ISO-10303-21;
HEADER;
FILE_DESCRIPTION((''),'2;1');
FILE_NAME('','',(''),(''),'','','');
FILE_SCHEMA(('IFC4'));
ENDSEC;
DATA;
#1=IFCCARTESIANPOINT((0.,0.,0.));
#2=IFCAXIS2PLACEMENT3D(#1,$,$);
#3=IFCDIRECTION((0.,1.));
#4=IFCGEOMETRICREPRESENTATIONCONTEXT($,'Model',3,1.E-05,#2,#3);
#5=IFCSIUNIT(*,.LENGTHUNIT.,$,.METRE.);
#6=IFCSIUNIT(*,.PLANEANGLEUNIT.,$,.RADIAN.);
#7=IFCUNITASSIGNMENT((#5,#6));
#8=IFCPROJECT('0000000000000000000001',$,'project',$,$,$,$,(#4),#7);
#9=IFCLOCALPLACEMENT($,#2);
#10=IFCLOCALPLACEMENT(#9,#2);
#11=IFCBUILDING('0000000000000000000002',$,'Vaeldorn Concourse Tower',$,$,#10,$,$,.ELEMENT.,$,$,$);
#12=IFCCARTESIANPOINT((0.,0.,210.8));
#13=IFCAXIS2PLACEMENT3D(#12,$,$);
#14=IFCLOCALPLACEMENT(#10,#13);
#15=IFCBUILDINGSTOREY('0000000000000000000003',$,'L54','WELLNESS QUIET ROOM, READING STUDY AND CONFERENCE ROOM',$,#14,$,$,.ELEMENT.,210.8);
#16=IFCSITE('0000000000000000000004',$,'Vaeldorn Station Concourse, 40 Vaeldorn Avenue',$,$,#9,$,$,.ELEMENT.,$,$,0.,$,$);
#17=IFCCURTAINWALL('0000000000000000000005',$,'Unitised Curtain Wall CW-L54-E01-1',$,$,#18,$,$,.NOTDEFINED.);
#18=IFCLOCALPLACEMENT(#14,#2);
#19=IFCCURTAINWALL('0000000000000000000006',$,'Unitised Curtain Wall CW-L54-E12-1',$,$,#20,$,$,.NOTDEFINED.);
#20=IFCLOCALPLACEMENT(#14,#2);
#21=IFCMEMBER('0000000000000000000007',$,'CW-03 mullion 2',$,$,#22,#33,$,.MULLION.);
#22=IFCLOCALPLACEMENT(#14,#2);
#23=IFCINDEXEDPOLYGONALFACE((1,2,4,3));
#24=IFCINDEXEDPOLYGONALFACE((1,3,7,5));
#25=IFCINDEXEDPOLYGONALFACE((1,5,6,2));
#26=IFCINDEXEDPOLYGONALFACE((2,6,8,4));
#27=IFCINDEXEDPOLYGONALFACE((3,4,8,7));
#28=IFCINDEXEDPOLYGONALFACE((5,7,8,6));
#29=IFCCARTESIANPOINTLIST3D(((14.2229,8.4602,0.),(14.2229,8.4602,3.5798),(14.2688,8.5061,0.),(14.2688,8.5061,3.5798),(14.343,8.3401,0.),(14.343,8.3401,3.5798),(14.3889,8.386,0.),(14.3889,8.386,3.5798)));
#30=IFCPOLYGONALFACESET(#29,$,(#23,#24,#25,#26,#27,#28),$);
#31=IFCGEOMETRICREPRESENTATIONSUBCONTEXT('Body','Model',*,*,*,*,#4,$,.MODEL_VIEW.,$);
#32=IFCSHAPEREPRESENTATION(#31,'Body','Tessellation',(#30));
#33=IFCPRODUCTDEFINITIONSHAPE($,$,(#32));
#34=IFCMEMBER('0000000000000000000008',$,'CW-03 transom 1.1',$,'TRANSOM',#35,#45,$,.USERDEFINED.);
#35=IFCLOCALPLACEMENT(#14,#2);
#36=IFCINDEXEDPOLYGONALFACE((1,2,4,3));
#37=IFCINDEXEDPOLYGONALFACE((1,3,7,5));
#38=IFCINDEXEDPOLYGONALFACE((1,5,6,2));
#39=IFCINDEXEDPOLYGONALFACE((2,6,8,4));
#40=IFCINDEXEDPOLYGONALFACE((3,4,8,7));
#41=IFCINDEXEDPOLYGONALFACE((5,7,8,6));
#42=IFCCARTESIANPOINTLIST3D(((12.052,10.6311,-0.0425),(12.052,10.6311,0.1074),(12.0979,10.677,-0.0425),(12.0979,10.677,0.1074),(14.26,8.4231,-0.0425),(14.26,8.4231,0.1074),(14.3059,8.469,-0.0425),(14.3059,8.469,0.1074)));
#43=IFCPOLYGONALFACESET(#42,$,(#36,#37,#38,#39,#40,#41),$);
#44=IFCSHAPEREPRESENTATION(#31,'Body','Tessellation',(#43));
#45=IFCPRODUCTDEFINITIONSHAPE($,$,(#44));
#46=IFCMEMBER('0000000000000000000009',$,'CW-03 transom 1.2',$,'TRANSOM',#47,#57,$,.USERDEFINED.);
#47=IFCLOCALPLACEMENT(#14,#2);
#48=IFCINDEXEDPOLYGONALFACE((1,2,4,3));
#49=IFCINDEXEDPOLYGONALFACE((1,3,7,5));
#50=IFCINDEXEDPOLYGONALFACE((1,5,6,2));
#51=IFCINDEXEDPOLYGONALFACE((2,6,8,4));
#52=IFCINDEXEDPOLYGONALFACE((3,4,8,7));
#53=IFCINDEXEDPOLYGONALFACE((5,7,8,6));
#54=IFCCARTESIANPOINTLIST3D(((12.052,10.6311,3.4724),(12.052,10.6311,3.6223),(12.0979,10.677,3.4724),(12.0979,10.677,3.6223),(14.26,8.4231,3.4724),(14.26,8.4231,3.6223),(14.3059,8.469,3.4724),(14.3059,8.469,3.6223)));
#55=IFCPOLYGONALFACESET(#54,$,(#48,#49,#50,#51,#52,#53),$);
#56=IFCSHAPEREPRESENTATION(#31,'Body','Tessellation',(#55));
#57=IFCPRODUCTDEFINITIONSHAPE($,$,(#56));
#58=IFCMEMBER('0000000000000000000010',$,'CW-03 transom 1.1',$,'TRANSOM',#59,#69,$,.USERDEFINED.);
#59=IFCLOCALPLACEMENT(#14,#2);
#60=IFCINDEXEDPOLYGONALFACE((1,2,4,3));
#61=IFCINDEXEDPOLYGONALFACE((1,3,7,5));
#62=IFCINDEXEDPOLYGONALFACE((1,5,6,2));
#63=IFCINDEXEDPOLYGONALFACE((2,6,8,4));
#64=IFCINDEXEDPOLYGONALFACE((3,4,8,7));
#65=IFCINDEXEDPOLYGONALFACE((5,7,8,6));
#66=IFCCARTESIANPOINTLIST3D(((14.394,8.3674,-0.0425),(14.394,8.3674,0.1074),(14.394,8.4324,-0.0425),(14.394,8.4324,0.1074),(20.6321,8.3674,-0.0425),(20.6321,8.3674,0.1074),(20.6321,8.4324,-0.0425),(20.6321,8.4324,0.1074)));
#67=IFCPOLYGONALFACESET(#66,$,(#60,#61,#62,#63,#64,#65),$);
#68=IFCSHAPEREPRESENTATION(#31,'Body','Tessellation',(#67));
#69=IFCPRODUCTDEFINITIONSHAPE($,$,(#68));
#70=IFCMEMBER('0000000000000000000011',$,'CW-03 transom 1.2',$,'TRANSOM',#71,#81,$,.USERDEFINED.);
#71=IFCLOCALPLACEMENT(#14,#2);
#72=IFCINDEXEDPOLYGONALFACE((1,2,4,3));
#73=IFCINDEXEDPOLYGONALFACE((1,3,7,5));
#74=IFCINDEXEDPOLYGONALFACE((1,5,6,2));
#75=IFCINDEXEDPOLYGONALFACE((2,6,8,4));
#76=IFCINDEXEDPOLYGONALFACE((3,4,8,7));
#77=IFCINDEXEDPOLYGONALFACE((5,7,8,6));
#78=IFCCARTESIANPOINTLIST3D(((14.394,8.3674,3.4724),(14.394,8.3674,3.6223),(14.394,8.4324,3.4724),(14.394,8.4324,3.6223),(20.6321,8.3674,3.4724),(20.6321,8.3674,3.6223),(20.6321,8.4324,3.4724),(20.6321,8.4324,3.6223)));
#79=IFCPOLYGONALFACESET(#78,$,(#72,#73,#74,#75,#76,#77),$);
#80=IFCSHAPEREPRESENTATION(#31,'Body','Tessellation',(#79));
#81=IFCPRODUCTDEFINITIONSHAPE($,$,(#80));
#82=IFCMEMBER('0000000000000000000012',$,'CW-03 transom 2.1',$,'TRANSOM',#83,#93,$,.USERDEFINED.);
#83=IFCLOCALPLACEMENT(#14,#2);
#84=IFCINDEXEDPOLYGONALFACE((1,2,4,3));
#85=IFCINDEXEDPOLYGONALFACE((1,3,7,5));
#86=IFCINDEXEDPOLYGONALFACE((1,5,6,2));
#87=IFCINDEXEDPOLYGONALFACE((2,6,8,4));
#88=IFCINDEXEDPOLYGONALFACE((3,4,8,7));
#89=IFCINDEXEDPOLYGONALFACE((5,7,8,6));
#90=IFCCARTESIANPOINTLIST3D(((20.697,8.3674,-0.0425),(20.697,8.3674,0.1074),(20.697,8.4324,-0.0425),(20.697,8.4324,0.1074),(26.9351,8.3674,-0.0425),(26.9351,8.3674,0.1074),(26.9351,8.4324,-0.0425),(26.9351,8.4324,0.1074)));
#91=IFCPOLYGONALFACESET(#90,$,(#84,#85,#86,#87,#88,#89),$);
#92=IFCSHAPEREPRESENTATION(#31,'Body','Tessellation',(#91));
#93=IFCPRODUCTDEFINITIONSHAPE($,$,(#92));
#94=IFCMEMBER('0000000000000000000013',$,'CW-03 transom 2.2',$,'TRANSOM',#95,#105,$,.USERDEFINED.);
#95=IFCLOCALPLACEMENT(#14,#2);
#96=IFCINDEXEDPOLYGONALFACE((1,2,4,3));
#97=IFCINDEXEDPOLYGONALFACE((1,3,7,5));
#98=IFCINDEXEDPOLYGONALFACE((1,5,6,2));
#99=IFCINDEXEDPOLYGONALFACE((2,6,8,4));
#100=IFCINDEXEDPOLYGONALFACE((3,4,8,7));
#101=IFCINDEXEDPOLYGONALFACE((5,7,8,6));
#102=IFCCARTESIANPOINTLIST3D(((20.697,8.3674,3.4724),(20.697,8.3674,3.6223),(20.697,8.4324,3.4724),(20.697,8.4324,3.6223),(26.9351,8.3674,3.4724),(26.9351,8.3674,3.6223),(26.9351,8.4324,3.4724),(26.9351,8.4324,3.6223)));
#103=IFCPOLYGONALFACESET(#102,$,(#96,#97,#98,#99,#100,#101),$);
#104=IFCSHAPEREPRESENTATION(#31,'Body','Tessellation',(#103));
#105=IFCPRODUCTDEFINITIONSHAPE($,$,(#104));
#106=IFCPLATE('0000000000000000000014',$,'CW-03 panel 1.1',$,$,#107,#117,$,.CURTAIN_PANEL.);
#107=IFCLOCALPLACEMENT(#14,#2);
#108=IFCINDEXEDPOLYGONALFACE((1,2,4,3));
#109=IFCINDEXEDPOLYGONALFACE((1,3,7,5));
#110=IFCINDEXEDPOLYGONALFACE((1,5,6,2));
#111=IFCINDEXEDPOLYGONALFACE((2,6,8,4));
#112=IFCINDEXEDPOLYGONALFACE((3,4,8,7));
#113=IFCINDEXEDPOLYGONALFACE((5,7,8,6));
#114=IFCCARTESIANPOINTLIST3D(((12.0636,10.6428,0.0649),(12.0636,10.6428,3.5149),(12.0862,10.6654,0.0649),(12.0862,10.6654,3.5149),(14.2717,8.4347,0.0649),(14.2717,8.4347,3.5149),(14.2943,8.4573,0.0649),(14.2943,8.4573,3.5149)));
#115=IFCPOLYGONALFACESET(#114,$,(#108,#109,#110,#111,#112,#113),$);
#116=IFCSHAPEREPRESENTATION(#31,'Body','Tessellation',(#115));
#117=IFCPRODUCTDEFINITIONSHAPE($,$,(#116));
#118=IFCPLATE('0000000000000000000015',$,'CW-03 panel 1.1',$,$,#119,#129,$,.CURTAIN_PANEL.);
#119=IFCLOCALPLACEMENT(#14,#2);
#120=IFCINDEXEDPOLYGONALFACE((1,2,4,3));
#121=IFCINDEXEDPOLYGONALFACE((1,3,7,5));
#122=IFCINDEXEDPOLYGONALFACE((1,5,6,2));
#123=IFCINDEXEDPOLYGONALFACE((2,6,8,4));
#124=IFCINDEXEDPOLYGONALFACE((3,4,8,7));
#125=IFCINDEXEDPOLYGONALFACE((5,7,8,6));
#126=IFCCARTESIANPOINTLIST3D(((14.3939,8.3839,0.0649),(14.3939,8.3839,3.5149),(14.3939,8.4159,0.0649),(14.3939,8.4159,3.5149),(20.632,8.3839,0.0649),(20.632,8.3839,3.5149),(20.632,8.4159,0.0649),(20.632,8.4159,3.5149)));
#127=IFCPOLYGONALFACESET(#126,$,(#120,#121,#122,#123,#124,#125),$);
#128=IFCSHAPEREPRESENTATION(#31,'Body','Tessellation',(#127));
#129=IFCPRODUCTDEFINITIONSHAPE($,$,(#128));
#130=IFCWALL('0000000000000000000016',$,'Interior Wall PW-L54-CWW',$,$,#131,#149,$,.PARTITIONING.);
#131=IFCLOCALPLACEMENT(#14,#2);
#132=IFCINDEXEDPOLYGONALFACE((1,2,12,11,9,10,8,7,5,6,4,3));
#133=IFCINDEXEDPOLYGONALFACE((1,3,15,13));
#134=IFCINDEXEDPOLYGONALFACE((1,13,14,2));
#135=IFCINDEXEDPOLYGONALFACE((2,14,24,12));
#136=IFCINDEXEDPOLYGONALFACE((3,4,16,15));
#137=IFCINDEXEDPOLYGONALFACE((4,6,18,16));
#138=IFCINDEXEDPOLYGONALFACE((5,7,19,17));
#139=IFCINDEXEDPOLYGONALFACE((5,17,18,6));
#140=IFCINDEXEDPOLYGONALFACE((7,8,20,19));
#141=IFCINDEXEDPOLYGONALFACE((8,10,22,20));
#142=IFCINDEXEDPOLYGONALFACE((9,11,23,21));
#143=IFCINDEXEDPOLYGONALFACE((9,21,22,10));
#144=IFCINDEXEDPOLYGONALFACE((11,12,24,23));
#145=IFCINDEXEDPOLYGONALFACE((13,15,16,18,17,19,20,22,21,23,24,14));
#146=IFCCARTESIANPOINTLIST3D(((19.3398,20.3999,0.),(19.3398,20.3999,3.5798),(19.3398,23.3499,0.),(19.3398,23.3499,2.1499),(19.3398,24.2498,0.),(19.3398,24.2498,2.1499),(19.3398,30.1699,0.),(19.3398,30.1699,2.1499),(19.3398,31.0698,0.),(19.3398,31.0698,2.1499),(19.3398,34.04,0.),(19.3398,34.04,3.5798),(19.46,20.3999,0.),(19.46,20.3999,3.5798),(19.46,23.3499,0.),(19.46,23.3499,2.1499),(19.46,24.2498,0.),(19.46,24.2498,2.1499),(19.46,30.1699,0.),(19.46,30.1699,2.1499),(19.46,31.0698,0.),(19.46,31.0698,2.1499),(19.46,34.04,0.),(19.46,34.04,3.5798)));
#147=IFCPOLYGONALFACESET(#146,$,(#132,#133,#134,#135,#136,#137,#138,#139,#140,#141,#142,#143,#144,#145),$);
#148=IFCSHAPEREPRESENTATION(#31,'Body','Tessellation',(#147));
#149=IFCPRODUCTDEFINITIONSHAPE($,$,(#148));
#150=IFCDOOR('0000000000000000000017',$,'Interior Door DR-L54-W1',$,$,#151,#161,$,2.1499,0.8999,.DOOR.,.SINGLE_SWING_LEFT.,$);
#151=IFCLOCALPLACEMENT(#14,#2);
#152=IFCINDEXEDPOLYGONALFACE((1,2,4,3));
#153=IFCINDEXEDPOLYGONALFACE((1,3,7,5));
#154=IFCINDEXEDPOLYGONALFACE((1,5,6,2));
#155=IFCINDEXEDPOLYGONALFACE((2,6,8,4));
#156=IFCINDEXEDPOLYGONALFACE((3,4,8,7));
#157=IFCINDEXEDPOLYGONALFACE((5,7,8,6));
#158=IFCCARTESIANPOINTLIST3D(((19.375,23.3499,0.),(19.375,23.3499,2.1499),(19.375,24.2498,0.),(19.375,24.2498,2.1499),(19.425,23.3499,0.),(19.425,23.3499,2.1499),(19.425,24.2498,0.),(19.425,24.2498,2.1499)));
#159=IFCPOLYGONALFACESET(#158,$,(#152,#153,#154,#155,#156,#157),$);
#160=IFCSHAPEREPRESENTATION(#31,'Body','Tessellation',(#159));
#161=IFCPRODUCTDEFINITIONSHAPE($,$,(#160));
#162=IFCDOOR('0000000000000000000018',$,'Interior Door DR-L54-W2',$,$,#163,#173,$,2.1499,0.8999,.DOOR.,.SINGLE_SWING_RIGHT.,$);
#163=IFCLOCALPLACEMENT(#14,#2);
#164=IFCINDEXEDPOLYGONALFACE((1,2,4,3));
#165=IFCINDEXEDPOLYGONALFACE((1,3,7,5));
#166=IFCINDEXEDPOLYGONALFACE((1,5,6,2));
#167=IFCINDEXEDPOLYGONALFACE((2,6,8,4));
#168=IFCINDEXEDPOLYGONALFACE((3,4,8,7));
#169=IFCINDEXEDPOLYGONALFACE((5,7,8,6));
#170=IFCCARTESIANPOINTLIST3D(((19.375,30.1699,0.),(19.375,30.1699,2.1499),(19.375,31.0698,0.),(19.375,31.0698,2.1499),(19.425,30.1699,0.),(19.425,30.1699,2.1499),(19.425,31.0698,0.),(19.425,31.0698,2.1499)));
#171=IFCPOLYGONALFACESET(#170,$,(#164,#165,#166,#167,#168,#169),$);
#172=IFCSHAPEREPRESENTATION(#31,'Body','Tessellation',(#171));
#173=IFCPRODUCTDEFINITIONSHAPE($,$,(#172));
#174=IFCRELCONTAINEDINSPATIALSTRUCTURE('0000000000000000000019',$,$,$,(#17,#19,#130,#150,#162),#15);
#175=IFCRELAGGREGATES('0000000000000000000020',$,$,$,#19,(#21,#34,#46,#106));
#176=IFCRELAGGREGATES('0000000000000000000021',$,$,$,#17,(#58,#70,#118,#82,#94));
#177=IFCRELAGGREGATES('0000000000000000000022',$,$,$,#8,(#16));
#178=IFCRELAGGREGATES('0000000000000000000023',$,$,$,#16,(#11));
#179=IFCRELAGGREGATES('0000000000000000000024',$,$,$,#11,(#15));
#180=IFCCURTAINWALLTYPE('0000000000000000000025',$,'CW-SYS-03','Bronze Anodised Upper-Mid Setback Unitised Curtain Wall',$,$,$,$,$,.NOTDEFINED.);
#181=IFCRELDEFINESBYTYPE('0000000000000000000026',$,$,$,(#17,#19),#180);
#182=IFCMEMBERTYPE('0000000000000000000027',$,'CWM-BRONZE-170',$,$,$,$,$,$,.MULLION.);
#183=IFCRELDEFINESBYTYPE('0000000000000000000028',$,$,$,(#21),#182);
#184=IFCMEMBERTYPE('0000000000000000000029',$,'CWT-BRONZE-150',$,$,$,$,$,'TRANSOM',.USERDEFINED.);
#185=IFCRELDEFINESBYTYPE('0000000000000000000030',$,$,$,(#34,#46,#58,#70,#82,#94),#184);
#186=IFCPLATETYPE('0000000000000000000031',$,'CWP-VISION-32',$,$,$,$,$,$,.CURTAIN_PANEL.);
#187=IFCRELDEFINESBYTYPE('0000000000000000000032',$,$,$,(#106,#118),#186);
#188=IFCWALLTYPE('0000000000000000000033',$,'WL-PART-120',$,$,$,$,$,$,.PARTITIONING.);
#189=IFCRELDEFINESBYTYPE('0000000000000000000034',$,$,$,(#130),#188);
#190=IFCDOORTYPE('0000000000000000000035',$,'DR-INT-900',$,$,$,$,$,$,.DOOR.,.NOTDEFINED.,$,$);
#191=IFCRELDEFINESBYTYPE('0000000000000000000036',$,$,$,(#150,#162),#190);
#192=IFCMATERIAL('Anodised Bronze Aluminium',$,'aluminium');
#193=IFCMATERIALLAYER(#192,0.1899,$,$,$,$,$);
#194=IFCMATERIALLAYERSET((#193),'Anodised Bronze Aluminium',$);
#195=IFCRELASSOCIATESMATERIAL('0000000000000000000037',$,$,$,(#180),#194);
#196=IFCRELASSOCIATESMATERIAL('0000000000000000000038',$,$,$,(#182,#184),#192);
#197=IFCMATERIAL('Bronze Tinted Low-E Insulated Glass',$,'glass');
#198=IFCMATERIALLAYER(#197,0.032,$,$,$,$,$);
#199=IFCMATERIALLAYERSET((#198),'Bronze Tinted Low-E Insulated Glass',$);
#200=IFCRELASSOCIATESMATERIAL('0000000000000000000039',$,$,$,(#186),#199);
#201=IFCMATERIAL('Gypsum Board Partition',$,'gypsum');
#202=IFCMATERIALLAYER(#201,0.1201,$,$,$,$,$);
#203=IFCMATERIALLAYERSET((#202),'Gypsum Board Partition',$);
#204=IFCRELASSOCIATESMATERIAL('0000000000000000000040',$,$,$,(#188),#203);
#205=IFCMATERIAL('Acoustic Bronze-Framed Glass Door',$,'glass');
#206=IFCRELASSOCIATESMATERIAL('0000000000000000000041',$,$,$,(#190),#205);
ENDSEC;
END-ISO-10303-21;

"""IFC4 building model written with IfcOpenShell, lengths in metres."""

from ifc_helpers import new_model, si_unit, direction, frame, frame_2d, origin, origin_2d, place, context, subcontext, project, spatial, rectangle, extrude, source, transform, mapped, material, layer, layer_set, material_profile, profile_set, type_object, element, fill, aggregate, save


model = new_model("IFC4")

# Units and contexts
model_context = context("Model", 3, precision=1e-05, world=origin(), true_north=direction((0.0, 1.0)))
body_context = subcontext(model_context, "Body", "Model", "MODEL_VIEW")
ifc_project = project(units=[si_unit("LENGTHUNIT", "METRE"), si_unit("PLANEANGLEUNIT", "RADIAN")], contexts=[model_context])

# Site, building, storey
site_placement = place(None, origin())
site = spatial("IfcSite", under=ifc_project, at=site_placement, Name="Vaeldorn Station Concourse, 40 Vaeldorn Avenue", CompositionType="ELEMENT", RefElevation=0.0)
building_placement = place(site_placement, origin())
building = spatial("IfcBuilding", under=site, at=building_placement, Name="Vaeldorn Concourse Tower", CompositionType="ELEMENT")
storey_placement = place(building_placement, frame((0.0, 0.0, 210.8)))
storey = spatial("IfcBuildingStorey", under=building, at=storey_placement, Name="L54", Description="WELLNESS QUIET ROOM, READING STUDY AND CONFERENCE ROOM", CompositionType="ELEMENT", Elevation=210.8)

# Curtain walls, members
ifc_material_1 = material(Name="Anodised Bronze Aluminium", Category="aluminium")
ifc_layer_1 = layer(ifc_material_1, 0.1899)
ifc_layer_set_1 = layer_set([ifc_layer_1], Name="Anodised Bronze Aluminium")
curtain_wall_type = type_object("IfcCurtainWallType", Name="CW-SYS-03", Description="Bronze Anodised Upper-Mid Setback Unitised Curtain Wall", PredefinedType="NOTDEFINED", material=ifc_layer_set_1)
curtain_wall_1_placement = place(storey_placement, origin())
curtain_wall_1 = element("IfcCurtainWall", 1, at=curtain_wall_1_placement, inside=storey, type_object=curtain_wall_type, Name="Unitised Curtain Wall CW-L54-E01-1", PredefinedType="NOTDEFINED")
ifc_material_profile_1 = material_profile(ifc_material_1, rectangle(XDim=0.0649, YDim=0.1699, at=origin_2d()), Name="CWM 65x170")
ifc_profile_set_1 = profile_set([ifc_material_profile_1], Name="Anodised Bronze Aluminium")
member_type_1 = type_object("IfcMemberType", Name="CWM-BRONZE-170", PredefinedType="MULLION", material=ifc_profile_set_1)
shared_shape_1 = source(origin(), body_context, "Body", "SweptSolid", [
    extrude(rectangle(XDim=0.0649, YDim=0.1699, at=origin_2d()), origin(), (0.0, 0.0, 1.0), 3.5798),
])
curtain_wall_2_placement = place(storey_placement, origin())
curtain_wall_2 = element("IfcCurtainWall", 2, at=curtain_wall_2_placement, inside=storey, type_object=curtain_wall_type, Name="Unitised Curtain Wall CW-L54-E12-1", PredefinedType="NOTDEFINED")
member_1_placement = place(storey_placement, frame((14.3059, 8.4231, 0.0), z_axis=(0.0, 0.0, 1.0), x_axis=(0.707107, 0.707107, 0.0)))
member_1 = element("IfcMember", 3, at=member_1_placement, type_object=member_type_1, Name="CW-03 mullion 2", PredefinedType="MULLION", context=body_context, shape_type="MappedRepresentation", body=[
    mapped(shared_shape_1, transform((0.0, 0.0, 0.0), scale=1.0)),
])
ifc_material_profile_2 = material_profile(ifc_material_1, rectangle(XDim=0.0649, YDim=0.1499, at=origin_2d()), Name="CWT 65x150")
ifc_profile_set_2 = profile_set([ifc_material_profile_2], Name="Anodised Bronze Aluminium")
member_type_2 = type_object("IfcMemberType", Name="CWT-BRONZE-150", ElementType="TRANSOM", PredefinedType="USERDEFINED", material=ifc_profile_set_2)
shared_shape_2 = source(origin(), body_context, "Body", "SweptSolid", [
    extrude(rectangle(XDim=0.0649, YDim=0.1499, at=origin_2d()), origin(), (0.0, 0.0, 1.0), 3.1226),
])
member_2_placement = place(storey_placement, frame((12.075, 10.6541, 0.0325), z_axis=(0.707107, -0.707107, 0.0), x_axis=(0.707107, 0.707107, 0.0)))
member_2 = element("IfcMember", 4, at=member_2_placement, type_object=member_type_2, Name="CW-03 transom 1.1", ObjectType="TRANSOM", PredefinedType="USERDEFINED", context=body_context, shape_type="MappedRepresentation", body=[
    mapped(shared_shape_2, transform((0.0, 0.0, 0.0), scale=1.0)),
])
member_3_placement = place(storey_placement, frame((12.075, 10.6541, 3.5474), z_axis=(0.707107, -0.707107, 0.0), x_axis=(0.707107, 0.707107, 0.0)))
member_3 = element("IfcMember", 5, at=member_3_placement, type_object=member_type_2, Name="CW-03 transom 1.2", ObjectType="TRANSOM", PredefinedType="USERDEFINED", context=body_context, shape_type="MappedRepresentation", body=[
    mapped(shared_shape_2, transform((0.0, 0.0, 0.0), scale=1.0)),
])

# Members
shared_shape_3 = source(origin(), body_context, "Body", "SweptSolid", [
    extrude(rectangle(XDim=0.0649, YDim=0.1499, at=origin_2d()), origin(), (0.0, 0.0, 1.0), 6.238),
])
member_4_placement = place(storey_placement, frame((14.394, 8.3999, 0.0325), z_axis=(1.0, 0.0, 0.0), x_axis=(0.0, 1.0, 0.0)))
member_4 = element("IfcMember", 6, at=member_4_placement, type_object=member_type_2, Name="CW-03 transom 1.1", ObjectType="TRANSOM", PredefinedType="USERDEFINED", context=body_context, shape_type="MappedRepresentation", body=[
    mapped(shared_shape_3, transform((0.0, 0.0, 0.0), scale=1.0)),
])
member_5_placement = place(storey_placement, frame((14.394, 8.3999, 3.5474), z_axis=(1.0, 0.0, 0.0), x_axis=(0.0, 1.0, 0.0)))
member_5 = element("IfcMember", 7, at=member_5_placement, type_object=member_type_2, Name="CW-03 transom 1.2", ObjectType="TRANSOM", PredefinedType="USERDEFINED", context=body_context, shape_type="MappedRepresentation", body=[
    mapped(shared_shape_3, transform((0.0, 0.0, 0.0), scale=1.0)),
])
member_6_placement = place(storey_placement, frame((20.697, 8.3999, 0.0325), z_axis=(1.0, 0.0, 0.0), x_axis=(0.0, 1.0, 0.0)))
member_6 = element("IfcMember", 8, at=member_6_placement, type_object=member_type_2, Name="CW-03 transom 2.1", ObjectType="TRANSOM", PredefinedType="USERDEFINED", context=body_context, shape_type="MappedRepresentation", body=[
    mapped(shared_shape_3, transform((0.0, 0.0, 0.0), scale=1.0)),
])
member_7_placement = place(storey_placement, frame((20.697, 8.3999, 3.5474), z_axis=(1.0, 0.0, 0.0), x_axis=(0.0, 1.0, 0.0)))
member_7 = element("IfcMember", 9, at=member_7_placement, type_object=member_type_2, Name="CW-03 transom 2.2", ObjectType="TRANSOM", PredefinedType="USERDEFINED", context=body_context, shape_type="MappedRepresentation", body=[
    mapped(shared_shape_3, transform((0.0, 0.0, 0.0), scale=1.0)),
])

# Plates
ifc_material_2 = material(Name="Bronze Tinted Low-E Insulated Glass", Category="glass")
ifc_layer_2 = layer(ifc_material_2, 0.032)
ifc_layer_set_2 = layer_set([ifc_layer_2], Name="Bronze Tinted Low-E Insulated Glass")
plate_type = type_object("IfcPlateType", Name="CWP-VISION-32", PredefinedType="CURTAIN_PANEL", material=ifc_layer_set_2)
shared_shape_4 = source(origin(), body_context, "Body", "SweptSolid", [
    extrude(rectangle(XDim=3.1228, YDim=0.032, at=origin_2d()), origin(), (0.0, 0.0, 1.0), 3.45),
])
plate_1_placement = place(storey_placement, frame((13.179, 9.55, 0.0649), z_axis=(0.0, 0.0, 1.0), x_axis=(0.707107, -0.707107, 0.0)))
plate_1 = element("IfcPlate", 10, at=plate_1_placement, type_object=plate_type, Name="CW-03 panel 1.1", PredefinedType="CURTAIN_PANEL", context=body_context, shape_type="MappedRepresentation", body=[
    mapped(shared_shape_4, transform((0.0, 0.0, 0.0), scale=1.0)),
])
aggregate(curtain_wall_2, [member_1, member_2, member_3, plate_1])
shared_shape_5 = source(origin(), body_context, "Body", "SweptSolid", [
    extrude(rectangle(XDim=6.238, YDim=0.032, at=origin_2d()), origin(), (0.0, 0.0, 1.0), 3.45),
])
plate_2_placement = place(storey_placement, frame((17.5129, 8.3999, 0.0649), z_axis=(0.0, 0.0, 1.0), x_axis=(1.0, 0.0, 0.0)))
plate_2 = element("IfcPlate", 11, at=plate_2_placement, type_object=plate_type, Name="CW-03 panel 1.1", PredefinedType="CURTAIN_PANEL", context=body_context, shape_type="MappedRepresentation", body=[
    mapped(shared_shape_5, transform((0.0, 0.0, 0.0), scale=1.0)),
])
aggregate(curtain_wall_1, [member_4, member_5, plate_2, member_6, member_7])

# Wall, openings, doors
ifc_material_3 = material(Name="Gypsum Board Partition", Category="gypsum")
ifc_layer_3 = layer(ifc_material_3, 0.1201)
ifc_layer_set_3 = layer_set([ifc_layer_3], Name="Gypsum Board Partition")
wall_type = type_object("IfcWallType", Name="WL-PART-120", PredefinedType="PARTITIONING", material=ifc_layer_set_3)
wall_1_placement = place(storey_placement, frame((19.3999, 20.3999, 0.0), z_axis=(0.0, 0.0, 1.0), x_axis=(0.0, 1.0, 0.0)))
wall_1 = element("IfcWall", 12, at=wall_1_placement, inside=storey, type_object=wall_type, Name="Interior Wall PW-L54-CWW", PredefinedType="PARTITIONING", context=body_context, shape_type="SweptSolid", body=[
    extrude(rectangle(XDim=13.6401, YDim=0.1201, at=frame_2d((6.8201, 0.0))), origin(), (0.0, 0.0, 1.0), 3.5798),
])
opening_1_placement = place(wall_1_placement, frame((2.95, 0.0, 0.0)))
opening_1 = element("IfcOpeningElement", 13, at=opening_1_placement, cuts=wall_1, PredefinedType="OPENING", context=body_context, shape_type="SweptSolid", body=[
    extrude(rectangle(XDim=0.8999, YDim=2.1499, at=frame_2d((0.45, 1.075))), frame((0.0, 0.0701, 0.0), z_axis=(0.0, -1.0, 0.0), x_axis=(1.0, 0.0, 0.0)), (0.0, 0.0, 1.0), 0.1401),
])
opening_2_placement = place(wall_1_placement, frame((9.77, 0.0, 0.0)))
opening_2 = element("IfcOpeningElement", 14, at=opening_2_placement, cuts=wall_1, PredefinedType="OPENING", context=body_context, shape_type="SweptSolid", body=[
    extrude(rectangle(XDim=0.8999, YDim=2.1499, at=frame_2d((0.45, 1.075))), frame((0.0, 0.0701, 0.0), z_axis=(0.0, -1.0, 0.0), x_axis=(1.0, 0.0, 0.0)), (0.0, 0.0, 1.0), 0.1401),
])
ifc_material_4 = material(Name="Acoustic Bronze-Framed Glass Door", Category="glass")
door_type = type_object("IfcDoorType", Name="DR-INT-900", OperationType="NOTDEFINED", PredefinedType="DOOR", material=ifc_material_4)
shared_shape_6 = source(origin(), body_context, "Body", "SweptSolid", [
    extrude(rectangle(XDim=0.8999, YDim=2.1499, at=frame_2d((0.45, 1.075))), frame((0.0, 0.0249, 0.0), z_axis=(0.0, -1.0, 0.0), x_axis=(1.0, 0.0, 0.0)), (0.0, 0.0, 1.0), 0.05),
])
door_1_placement = place(opening_1_placement, origin())
door_1 = element("IfcDoor", 15, at=door_1_placement, inside=storey, type_object=door_type, Name="Interior Door DR-L54-W1", OperationType="SINGLE_SWING_LEFT", OverallHeight=2.1499, OverallWidth=0.8999, PredefinedType="DOOR", context=body_context, shape_type="MappedRepresentation", body=[
    mapped(shared_shape_6, transform((0.0, 0.0, 0.0), scale=1.0)),
])
fill(opening_1, door_1)
door_2_placement = place(opening_2_placement, origin())
door_2 = element("IfcDoor", 16, at=door_2_placement, inside=storey, type_object=door_type, Name="Interior Door DR-L54-W2", OperationType="SINGLE_SWING_RIGHT", OverallHeight=2.1499, OverallWidth=0.8999, PredefinedType="DOOR", context=body_context, shape_type="MappedRepresentation", body=[
    mapped(shared_shape_6, transform((0.0, 0.0, 0.0), scale=1.0)),
])
fill(opening_2, door_2)

save(model, "model.ifc")
